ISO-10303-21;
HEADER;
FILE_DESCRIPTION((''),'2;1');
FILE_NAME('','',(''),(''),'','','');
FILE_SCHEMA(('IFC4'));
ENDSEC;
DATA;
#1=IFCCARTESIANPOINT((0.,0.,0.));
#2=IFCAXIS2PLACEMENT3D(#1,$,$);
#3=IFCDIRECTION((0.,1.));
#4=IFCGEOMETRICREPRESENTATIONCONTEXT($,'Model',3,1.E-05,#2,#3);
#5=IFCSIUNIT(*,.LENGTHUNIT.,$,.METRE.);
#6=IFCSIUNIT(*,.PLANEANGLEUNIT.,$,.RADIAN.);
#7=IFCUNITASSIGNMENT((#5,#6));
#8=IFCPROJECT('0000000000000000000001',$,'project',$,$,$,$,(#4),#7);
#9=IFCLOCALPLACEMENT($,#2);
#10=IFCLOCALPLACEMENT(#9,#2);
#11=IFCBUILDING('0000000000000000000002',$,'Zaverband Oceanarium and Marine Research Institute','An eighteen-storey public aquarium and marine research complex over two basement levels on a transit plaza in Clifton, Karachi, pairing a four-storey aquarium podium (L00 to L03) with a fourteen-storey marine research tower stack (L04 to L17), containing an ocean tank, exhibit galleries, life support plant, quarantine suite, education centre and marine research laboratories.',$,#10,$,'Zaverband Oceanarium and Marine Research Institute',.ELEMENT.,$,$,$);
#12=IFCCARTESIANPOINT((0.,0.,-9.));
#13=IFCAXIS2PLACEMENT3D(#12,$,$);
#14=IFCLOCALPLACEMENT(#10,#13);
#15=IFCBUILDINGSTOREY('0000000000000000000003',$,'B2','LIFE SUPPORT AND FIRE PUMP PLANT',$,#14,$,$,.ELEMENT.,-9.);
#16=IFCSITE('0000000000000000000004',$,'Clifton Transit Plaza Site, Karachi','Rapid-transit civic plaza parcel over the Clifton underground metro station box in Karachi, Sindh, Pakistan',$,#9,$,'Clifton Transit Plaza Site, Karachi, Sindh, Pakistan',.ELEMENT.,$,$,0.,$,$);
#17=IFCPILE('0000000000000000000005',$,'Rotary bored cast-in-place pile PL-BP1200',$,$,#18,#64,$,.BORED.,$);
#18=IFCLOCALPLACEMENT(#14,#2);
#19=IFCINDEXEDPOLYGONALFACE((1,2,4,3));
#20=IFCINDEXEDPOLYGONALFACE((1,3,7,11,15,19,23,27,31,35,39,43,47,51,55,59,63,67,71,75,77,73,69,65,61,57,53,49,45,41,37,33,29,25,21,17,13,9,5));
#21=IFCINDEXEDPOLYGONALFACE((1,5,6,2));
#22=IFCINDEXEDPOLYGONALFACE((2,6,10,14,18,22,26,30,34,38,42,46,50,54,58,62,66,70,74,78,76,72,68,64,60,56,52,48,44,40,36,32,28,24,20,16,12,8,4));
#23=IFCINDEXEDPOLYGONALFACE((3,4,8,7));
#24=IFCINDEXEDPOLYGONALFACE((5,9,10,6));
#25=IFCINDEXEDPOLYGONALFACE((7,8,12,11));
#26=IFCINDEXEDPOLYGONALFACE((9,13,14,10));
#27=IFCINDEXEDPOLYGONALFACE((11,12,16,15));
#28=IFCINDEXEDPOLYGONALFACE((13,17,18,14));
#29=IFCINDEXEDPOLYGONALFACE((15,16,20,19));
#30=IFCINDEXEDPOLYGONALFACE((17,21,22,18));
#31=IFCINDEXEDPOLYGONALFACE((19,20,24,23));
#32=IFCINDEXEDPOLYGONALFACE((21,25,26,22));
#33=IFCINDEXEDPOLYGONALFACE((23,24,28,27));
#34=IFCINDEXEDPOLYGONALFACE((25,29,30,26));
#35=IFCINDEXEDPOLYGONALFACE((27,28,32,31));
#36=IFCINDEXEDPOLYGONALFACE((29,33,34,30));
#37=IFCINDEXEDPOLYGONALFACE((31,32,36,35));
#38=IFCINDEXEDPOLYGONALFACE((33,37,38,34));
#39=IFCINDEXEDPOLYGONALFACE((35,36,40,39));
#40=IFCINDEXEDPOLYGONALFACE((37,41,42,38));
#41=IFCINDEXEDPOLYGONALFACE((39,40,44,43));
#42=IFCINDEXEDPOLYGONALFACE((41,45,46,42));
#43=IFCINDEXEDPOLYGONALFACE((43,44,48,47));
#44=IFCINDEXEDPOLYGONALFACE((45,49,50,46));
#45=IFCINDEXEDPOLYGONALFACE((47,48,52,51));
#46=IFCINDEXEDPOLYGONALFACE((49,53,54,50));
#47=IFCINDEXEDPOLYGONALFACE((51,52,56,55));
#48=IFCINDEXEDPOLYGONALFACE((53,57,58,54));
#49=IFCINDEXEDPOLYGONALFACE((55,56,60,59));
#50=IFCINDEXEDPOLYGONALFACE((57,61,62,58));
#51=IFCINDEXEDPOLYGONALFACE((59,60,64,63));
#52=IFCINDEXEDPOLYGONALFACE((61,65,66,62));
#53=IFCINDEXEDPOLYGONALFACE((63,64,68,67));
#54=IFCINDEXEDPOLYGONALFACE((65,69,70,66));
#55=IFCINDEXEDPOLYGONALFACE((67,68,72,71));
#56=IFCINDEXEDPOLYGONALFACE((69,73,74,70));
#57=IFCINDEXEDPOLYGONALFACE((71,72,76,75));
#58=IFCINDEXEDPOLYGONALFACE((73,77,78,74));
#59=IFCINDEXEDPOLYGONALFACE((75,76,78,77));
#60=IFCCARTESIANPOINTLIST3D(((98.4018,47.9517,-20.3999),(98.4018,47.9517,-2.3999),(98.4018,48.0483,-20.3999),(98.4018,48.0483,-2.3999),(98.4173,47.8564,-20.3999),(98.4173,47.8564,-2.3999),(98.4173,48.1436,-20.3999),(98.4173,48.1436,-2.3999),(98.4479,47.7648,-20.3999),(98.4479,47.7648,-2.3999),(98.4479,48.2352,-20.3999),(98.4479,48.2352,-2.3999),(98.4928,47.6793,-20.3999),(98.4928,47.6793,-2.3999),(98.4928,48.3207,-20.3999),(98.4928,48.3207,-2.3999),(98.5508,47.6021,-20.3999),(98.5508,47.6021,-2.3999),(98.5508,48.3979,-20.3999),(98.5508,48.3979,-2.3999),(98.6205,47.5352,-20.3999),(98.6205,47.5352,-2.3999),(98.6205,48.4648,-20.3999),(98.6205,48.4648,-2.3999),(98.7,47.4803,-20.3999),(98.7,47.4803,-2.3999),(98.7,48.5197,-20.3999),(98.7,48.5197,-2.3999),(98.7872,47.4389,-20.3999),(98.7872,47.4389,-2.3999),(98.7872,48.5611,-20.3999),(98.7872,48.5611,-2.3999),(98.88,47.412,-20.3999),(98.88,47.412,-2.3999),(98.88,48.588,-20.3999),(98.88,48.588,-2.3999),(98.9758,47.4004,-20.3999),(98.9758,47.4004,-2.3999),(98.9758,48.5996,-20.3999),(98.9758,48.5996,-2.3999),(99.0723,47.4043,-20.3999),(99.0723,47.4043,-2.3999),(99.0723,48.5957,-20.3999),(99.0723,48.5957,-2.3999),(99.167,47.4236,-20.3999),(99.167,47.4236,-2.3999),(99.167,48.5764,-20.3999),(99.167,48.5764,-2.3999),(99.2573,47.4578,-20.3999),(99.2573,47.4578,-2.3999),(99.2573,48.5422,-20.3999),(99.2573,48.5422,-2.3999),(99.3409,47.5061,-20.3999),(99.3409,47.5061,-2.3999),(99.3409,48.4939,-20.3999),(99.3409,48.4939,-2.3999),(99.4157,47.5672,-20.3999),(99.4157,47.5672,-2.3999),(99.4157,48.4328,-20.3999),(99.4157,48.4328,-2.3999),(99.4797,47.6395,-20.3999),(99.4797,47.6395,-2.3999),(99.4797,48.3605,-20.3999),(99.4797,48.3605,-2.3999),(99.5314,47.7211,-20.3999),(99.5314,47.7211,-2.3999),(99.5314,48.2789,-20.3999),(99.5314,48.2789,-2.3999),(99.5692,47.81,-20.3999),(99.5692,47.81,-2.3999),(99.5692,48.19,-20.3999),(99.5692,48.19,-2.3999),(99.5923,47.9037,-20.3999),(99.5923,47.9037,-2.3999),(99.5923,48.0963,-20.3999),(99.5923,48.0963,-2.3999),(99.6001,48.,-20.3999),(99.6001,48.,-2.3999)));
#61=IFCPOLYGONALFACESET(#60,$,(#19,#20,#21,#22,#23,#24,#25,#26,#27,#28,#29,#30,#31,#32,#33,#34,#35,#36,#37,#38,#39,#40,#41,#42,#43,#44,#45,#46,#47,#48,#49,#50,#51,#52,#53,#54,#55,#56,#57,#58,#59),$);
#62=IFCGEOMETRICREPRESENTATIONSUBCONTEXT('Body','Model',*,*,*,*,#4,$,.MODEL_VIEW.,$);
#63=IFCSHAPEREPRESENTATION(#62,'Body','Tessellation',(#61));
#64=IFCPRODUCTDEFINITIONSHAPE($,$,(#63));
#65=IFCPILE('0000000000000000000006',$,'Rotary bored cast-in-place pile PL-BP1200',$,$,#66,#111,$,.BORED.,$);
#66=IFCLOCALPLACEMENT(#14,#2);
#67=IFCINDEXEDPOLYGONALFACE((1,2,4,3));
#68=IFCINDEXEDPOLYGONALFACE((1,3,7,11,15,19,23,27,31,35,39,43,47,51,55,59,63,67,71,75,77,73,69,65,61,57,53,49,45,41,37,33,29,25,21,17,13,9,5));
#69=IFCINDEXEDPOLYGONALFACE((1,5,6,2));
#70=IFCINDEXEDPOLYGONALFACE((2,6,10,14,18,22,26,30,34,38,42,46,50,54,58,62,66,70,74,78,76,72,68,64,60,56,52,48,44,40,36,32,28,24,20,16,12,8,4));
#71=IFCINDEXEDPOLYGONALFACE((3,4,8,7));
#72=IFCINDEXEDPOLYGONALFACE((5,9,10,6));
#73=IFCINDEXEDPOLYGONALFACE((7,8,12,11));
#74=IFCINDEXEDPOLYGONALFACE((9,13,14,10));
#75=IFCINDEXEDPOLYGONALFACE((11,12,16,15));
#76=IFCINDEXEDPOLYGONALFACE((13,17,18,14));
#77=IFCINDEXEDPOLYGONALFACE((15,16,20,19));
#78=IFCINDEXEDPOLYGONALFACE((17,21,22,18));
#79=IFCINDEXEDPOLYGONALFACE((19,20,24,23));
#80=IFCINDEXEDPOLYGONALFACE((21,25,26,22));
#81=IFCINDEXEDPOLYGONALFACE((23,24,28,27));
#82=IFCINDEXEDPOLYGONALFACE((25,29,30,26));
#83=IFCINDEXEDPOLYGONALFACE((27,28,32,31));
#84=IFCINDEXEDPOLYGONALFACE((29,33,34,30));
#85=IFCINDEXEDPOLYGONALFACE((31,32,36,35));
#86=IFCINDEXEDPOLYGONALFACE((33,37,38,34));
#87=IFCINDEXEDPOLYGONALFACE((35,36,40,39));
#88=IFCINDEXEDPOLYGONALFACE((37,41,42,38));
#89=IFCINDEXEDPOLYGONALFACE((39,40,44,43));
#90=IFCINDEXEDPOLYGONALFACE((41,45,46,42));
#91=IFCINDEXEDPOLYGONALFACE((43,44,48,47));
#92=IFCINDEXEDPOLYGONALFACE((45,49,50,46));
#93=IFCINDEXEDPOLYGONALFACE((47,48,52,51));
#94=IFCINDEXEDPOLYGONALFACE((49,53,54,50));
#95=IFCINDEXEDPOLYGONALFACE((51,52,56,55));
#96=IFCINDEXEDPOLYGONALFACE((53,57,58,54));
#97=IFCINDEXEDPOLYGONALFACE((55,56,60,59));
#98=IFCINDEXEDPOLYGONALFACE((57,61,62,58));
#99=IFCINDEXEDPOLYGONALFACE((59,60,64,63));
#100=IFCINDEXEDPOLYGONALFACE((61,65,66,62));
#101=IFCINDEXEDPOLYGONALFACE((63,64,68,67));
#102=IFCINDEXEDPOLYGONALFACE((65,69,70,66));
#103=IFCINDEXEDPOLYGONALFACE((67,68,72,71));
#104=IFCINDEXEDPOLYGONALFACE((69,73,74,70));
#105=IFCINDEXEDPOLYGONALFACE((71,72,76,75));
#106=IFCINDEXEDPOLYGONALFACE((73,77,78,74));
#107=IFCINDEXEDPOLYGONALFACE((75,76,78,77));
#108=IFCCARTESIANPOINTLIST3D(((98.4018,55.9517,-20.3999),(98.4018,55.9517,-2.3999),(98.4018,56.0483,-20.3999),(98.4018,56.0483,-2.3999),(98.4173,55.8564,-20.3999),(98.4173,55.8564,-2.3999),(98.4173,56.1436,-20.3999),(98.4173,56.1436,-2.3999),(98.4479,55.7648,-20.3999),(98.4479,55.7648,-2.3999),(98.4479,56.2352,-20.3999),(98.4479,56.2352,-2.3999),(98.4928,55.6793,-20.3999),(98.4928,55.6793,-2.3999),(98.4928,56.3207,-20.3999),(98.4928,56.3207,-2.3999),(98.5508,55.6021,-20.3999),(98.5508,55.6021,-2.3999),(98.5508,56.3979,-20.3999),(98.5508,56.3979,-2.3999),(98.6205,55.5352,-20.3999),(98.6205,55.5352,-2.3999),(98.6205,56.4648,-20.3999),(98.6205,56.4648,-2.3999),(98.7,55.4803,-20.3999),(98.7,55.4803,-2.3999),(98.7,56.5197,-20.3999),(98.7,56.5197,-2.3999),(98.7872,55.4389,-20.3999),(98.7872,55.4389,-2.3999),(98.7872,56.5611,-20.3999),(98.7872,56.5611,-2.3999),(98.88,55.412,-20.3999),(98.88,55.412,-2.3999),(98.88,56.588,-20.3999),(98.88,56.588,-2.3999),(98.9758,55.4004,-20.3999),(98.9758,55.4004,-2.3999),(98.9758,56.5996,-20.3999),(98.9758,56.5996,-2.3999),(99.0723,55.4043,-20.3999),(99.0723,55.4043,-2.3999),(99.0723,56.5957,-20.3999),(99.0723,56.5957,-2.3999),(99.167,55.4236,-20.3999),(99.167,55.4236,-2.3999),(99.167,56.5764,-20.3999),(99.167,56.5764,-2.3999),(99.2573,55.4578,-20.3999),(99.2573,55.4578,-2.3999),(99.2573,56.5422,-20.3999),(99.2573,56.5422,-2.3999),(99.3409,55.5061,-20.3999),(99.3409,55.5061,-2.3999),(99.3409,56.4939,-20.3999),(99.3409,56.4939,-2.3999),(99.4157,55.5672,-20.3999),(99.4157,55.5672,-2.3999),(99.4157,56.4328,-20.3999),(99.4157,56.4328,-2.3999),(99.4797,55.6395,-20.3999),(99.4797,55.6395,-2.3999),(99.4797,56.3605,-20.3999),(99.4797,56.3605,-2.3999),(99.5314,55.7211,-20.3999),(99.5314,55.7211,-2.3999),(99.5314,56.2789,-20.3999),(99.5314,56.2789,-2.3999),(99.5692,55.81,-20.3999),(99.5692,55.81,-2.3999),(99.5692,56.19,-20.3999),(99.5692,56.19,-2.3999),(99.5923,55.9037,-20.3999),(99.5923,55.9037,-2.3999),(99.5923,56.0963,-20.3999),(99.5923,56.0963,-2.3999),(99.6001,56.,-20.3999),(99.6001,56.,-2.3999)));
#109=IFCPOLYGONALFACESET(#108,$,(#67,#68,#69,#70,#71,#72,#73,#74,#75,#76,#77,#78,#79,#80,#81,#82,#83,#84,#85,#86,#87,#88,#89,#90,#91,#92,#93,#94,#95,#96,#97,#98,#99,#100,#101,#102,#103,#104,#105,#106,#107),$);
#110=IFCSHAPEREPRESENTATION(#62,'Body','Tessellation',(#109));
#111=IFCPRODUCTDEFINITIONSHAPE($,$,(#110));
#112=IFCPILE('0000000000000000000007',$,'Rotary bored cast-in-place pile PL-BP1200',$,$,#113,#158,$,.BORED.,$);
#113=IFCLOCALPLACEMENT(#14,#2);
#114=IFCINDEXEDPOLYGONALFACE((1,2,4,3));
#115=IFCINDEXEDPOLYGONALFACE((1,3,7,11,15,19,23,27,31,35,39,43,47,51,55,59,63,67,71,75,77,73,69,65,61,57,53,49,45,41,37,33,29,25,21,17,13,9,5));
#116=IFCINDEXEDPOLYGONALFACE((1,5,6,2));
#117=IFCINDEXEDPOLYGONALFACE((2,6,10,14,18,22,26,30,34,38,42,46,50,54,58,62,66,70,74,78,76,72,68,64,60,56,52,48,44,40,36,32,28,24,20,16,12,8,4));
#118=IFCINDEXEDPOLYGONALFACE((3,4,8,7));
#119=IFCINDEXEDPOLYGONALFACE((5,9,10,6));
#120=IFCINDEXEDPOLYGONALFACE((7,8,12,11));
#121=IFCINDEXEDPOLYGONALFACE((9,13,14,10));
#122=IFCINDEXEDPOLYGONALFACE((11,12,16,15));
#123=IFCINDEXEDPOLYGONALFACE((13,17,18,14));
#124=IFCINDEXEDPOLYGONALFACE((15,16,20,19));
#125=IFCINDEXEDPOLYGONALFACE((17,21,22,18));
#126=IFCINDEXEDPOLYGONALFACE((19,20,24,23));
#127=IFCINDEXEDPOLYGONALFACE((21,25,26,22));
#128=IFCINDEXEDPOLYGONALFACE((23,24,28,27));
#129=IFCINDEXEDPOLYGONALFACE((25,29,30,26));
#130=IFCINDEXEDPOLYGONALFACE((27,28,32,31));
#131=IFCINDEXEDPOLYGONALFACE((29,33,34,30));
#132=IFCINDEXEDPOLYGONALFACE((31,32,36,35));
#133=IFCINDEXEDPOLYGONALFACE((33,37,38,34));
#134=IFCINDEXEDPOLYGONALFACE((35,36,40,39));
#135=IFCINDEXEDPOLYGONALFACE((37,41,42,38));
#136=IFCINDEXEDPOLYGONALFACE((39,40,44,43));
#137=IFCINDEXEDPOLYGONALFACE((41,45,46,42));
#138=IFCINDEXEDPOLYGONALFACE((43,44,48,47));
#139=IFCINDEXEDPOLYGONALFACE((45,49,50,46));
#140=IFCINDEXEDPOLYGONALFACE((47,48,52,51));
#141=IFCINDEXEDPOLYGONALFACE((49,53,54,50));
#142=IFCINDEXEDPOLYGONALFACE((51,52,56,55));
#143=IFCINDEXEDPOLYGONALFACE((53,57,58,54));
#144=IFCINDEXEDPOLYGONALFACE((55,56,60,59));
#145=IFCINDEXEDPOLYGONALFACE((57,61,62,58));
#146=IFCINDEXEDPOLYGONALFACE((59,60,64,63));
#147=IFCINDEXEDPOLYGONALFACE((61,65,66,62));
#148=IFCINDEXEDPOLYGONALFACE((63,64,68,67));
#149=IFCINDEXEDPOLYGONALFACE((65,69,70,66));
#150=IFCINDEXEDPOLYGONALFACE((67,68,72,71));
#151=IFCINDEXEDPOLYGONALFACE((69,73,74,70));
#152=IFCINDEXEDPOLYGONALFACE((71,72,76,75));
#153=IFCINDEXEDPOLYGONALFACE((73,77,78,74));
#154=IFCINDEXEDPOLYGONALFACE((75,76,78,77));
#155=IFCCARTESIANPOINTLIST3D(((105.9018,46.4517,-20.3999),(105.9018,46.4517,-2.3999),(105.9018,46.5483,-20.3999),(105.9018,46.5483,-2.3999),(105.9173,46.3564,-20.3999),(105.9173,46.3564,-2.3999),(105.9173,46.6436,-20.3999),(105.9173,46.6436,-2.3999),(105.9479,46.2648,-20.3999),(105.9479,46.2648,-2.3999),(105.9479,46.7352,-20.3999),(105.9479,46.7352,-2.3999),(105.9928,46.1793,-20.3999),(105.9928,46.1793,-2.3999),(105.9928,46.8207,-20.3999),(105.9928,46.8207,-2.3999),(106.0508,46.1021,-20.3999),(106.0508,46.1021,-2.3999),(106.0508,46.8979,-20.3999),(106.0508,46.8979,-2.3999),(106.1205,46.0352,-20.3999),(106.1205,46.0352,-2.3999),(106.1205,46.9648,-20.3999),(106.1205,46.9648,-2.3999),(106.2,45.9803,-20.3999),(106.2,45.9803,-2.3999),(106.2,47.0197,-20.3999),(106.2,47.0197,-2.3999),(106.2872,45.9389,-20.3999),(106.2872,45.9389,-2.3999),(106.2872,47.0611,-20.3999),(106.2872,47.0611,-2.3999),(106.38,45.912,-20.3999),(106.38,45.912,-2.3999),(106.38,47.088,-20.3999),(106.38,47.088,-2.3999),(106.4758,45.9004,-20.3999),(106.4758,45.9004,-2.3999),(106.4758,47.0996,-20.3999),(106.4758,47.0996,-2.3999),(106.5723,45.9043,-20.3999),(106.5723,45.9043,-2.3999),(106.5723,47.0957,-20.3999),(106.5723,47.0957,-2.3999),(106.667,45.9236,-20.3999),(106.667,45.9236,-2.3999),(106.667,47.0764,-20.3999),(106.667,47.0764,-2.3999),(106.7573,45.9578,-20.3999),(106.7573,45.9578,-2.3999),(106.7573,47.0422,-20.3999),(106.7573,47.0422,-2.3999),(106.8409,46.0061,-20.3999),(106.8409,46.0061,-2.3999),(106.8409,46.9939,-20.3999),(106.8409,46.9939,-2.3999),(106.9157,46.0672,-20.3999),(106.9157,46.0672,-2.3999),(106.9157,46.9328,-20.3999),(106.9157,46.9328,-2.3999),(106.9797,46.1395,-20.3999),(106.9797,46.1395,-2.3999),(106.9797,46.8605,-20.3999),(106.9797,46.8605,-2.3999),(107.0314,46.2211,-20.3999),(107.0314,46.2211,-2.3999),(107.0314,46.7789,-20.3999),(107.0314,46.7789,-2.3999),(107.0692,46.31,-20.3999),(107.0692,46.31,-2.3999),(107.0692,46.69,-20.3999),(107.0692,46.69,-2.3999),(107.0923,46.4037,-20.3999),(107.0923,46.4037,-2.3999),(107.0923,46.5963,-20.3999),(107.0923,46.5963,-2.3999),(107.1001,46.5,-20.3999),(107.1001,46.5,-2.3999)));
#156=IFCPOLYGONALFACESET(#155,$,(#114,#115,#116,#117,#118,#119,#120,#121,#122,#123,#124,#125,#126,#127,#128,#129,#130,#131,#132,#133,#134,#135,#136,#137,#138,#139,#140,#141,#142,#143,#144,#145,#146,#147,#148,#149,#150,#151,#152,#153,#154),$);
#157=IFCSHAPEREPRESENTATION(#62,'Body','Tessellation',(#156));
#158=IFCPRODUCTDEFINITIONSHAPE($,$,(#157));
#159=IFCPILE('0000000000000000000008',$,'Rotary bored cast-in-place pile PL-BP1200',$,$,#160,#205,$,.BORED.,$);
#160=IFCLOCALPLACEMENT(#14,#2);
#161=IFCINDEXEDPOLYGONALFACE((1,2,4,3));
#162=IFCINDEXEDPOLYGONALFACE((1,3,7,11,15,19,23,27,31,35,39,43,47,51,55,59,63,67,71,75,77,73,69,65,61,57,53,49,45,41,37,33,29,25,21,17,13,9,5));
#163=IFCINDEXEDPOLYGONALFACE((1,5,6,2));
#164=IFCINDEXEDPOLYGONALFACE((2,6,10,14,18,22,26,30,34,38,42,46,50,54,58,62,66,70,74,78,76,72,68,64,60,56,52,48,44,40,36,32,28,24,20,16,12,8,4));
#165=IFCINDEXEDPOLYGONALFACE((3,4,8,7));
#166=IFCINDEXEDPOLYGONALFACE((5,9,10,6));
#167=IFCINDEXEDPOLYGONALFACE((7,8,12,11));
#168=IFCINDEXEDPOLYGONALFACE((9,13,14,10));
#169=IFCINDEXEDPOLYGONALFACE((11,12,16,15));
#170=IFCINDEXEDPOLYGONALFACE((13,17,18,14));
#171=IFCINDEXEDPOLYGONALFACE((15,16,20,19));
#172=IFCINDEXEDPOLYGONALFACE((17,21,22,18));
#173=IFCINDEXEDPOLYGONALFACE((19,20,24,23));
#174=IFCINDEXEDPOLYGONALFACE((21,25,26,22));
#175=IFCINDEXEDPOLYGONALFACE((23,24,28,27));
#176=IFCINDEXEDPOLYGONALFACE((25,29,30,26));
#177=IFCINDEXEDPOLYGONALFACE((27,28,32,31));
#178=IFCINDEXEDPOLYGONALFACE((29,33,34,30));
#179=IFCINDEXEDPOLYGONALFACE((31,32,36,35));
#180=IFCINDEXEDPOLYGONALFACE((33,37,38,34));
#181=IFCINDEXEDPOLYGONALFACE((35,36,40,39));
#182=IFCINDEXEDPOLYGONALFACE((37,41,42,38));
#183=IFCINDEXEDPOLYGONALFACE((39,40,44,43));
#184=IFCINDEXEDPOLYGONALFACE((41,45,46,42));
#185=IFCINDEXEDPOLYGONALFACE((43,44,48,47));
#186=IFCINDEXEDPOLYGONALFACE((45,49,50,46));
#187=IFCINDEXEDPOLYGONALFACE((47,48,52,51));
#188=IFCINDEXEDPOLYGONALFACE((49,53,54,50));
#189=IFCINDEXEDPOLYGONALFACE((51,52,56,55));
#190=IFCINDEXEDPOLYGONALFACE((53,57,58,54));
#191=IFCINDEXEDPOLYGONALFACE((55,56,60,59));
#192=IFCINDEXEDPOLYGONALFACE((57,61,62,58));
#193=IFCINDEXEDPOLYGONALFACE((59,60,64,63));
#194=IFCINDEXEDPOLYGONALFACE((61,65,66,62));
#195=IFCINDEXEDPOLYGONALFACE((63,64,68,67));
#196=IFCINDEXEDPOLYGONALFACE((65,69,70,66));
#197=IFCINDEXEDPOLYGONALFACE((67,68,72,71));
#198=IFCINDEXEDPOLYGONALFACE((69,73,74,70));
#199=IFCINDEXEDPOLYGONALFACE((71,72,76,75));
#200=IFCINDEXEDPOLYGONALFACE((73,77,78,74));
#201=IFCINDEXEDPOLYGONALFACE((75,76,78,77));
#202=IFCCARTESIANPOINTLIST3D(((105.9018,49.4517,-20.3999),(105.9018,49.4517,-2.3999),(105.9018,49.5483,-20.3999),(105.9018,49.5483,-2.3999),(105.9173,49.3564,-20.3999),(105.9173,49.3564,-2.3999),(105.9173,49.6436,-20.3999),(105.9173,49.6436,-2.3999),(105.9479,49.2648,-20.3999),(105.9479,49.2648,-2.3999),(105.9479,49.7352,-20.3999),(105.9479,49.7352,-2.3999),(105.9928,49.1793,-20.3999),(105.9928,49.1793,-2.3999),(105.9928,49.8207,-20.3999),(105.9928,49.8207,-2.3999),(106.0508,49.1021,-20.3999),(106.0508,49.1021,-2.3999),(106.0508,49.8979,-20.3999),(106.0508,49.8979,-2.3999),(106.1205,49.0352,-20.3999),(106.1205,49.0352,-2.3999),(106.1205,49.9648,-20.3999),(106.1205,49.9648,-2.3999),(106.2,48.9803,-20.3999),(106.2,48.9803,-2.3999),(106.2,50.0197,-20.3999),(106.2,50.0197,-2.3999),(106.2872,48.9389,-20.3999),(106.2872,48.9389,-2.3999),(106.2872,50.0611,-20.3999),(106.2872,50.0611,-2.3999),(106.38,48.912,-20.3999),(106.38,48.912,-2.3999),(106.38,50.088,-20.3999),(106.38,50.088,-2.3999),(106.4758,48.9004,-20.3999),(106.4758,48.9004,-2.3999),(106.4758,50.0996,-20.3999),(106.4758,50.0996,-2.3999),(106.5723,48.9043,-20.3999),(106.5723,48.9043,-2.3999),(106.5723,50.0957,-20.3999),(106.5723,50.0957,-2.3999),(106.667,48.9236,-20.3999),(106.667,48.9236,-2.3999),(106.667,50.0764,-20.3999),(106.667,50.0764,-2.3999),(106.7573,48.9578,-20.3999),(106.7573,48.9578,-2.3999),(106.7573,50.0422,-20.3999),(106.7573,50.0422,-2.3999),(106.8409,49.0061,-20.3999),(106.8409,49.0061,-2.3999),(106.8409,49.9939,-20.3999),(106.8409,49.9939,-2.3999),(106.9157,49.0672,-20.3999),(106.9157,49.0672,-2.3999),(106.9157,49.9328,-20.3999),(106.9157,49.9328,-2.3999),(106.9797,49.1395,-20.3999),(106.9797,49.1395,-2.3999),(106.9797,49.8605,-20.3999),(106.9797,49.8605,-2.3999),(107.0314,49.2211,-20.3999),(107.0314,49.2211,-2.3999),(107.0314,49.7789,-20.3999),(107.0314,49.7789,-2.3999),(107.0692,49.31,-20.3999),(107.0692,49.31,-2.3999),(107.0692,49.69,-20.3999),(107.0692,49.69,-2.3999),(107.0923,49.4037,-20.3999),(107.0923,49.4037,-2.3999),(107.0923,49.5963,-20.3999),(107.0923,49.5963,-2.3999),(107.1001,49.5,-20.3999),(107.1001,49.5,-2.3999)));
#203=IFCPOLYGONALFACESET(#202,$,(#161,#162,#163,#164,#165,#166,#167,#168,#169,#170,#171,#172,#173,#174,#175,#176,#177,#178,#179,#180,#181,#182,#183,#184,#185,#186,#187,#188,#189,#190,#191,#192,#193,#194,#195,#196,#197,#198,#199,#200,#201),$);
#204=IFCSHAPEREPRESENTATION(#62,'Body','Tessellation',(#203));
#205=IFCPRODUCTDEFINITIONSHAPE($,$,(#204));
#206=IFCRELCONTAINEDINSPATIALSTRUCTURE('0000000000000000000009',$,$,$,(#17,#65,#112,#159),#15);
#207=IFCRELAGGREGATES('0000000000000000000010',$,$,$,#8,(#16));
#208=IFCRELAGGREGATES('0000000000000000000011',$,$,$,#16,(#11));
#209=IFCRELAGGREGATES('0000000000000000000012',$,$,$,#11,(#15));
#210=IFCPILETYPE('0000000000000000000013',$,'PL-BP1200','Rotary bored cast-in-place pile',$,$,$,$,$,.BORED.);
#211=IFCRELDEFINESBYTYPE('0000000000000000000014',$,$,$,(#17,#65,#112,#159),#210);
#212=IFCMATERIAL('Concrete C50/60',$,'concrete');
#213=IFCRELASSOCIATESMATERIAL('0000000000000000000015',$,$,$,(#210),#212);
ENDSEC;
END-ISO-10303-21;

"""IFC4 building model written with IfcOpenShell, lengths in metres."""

from ifc_helpers import new_model, si_unit, direction, frame, origin, origin_2d, place, context, subcontext, project, spatial, circle, extrude, material, material_profile, profile_set, type_object, element, save


model = new_model("IFC4")

# Units and contexts
model_context = context("Model", 3, precision=1e-05, world=origin(), true_north=direction((0.0, 1.0)))
body_context = subcontext(model_context, "Body", "Model", "MODEL_VIEW")
ifc_project = project(units=[si_unit("LENGTHUNIT", "METRE"), si_unit("PLANEANGLEUNIT", "RADIAN")], contexts=[model_context])

# Site, building, storey
site_placement = place(None, origin())
site = spatial("IfcSite", under=ifc_project, at=site_placement, Name="Clifton Transit Plaza Site, Karachi", Description="Rapid-transit civic plaza parcel over the Clifton underground metro station box in Karachi, Sindh, Pakistan", LongName="Clifton Transit Plaza Site, Karachi, Sindh, Pakistan", CompositionType="ELEMENT", RefElevation=0.0)
building_placement = place(site_placement, origin())
building = spatial("IfcBuilding", under=site, at=building_placement, Name="Zaverband Oceanarium and Marine Research Institute", Description="An eighteen-storey public aquarium and marine research complex over two basement levels on a transit plaza in Clifton, Karachi, pairing a four-storey aquarium podium (L00 to L03) with a fourteen-storey marine research tower stack (L04 to L17), containing an ocean tank, exhibit galleries, life support plant, quarantine suite, education centre and marine research laboratories.", LongName="Zaverband Oceanarium and Marine Research Institute", CompositionType="ELEMENT")
storey_placement = place(building_placement, frame((0.0, 0.0, -9.0)))
storey = spatial("IfcBuildingStorey", under=building, at=storey_placement, Name="B2", Description="LIFE SUPPORT AND FIRE PUMP PLANT", CompositionType="ELEMENT", Elevation=-9.0)

# Shared definitions
ifc_material_1 = material(Name="Concrete C50/60", Category="concrete")

# Piles
ifc_material_profile_1 = material_profile(ifc_material_1, circle(Radius=0.6001, at=origin_2d()), Name="BP1200")
ifc_profile_set_1 = profile_set([ifc_material_profile_1], Name="Concrete C50/60")
pile_type = type_object("IfcPileType", Name="PL-BP1200", Description="Rotary bored cast-in-place pile", PredefinedType="BORED", material=ifc_profile_set_1)
for number, where, z_axis, x_axis, name in (
    (1, (99.0, 48.0, -2.3999), (0.0, 0.0, -1.0), (1.0, 0.0, 0.0), "Rotary bored cast-in-place pile PL-BP1200"),
    (2, (99.0, 56.0, -2.3999), (0.0, 0.0, -1.0), (1.0, 0.0, 0.0), "Rotary bored cast-in-place pile PL-BP1200"),
    (3, (106.5, 46.5, -2.3999), (0.0, 0.0, -1.0), (1.0, 0.0, 0.0), "Rotary bored cast-in-place pile PL-BP1200"),
    (4, (106.5, 49.5, -2.3999), (0.0, 0.0, -1.0), (1.0, 0.0, 0.0), "Rotary bored cast-in-place pile PL-BP1200"),
):
    element("IfcPile", number, at=place(storey_placement, frame(where, z_axis=z_axis, x_axis=x_axis)), inside=storey, type_object=pile_type, Name=name, PredefinedType="BORED", context=body_context, shape_type="SweptSolid", body=[
        extrude(circle(Radius=0.6001, at=origin_2d()), origin(), (0.0, 0.0, 1.0), 18.0),
    ])

save(model, "model.ifc")
